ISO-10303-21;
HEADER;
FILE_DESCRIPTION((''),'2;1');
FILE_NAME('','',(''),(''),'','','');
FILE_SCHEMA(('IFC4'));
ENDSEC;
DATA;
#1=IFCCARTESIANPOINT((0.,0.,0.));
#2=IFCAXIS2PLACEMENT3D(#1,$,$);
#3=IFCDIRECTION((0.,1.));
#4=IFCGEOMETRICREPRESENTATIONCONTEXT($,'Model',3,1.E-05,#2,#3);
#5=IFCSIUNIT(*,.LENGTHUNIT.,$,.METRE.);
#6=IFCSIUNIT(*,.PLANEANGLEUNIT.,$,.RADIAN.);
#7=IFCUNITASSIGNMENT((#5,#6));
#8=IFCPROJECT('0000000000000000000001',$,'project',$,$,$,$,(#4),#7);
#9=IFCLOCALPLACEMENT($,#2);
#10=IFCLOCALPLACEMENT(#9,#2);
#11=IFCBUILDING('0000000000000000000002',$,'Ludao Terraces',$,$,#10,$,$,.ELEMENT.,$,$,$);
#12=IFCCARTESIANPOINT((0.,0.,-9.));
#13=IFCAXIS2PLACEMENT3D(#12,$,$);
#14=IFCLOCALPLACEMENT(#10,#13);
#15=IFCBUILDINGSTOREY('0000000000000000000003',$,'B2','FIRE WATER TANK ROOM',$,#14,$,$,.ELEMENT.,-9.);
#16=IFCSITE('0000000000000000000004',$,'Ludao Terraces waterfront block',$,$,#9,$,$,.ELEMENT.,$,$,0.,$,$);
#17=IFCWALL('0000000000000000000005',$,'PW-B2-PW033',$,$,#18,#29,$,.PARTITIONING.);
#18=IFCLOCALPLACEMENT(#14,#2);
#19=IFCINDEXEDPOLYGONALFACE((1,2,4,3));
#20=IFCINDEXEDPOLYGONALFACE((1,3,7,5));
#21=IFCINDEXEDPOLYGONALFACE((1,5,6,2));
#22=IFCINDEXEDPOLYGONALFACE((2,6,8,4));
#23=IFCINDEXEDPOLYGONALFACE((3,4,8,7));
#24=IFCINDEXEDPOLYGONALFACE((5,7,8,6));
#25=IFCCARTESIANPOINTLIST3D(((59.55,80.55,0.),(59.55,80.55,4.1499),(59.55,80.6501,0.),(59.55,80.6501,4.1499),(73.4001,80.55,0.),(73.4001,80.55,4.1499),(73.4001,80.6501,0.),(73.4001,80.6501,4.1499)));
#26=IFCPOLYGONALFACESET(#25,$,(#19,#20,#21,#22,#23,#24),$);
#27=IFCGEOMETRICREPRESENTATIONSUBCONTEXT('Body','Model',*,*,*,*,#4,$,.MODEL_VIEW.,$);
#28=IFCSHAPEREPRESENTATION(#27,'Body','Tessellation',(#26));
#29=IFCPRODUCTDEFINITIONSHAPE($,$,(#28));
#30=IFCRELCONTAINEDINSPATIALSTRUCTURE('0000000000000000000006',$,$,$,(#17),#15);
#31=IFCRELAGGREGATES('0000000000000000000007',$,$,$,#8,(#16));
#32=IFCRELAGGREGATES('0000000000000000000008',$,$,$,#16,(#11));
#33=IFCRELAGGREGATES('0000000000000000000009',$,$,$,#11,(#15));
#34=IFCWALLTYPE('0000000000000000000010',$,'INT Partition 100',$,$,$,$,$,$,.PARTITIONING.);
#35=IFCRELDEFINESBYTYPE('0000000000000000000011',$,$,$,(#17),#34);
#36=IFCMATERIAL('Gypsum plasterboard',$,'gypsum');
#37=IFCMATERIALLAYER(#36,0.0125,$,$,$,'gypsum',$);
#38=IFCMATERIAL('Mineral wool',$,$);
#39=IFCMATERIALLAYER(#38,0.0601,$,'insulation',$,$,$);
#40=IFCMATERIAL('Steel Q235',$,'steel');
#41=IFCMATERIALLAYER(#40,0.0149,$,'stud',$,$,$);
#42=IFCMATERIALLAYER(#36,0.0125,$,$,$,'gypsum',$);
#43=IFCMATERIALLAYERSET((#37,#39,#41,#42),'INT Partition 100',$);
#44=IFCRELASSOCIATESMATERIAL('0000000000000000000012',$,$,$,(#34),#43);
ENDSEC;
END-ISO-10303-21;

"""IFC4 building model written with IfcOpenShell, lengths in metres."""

from ifc_helpers import new_model, si_unit, direction, frame, frame_2d, origin, place, context, subcontext, project, spatial, rectangle, extrude, material, layer, layer_set, type_object, element, save


model = new_model("IFC4")

# Units and contexts
model_context = context("Model", 3, precision=1e-05, world=origin(), true_north=direction((0.0, 1.0)))
body_context = subcontext(model_context, "Body", "Model", "MODEL_VIEW")
ifc_project = project(units=[si_unit("LENGTHUNIT", "METRE"), si_unit("PLANEANGLEUNIT", "RADIAN")], contexts=[model_context])

# Site, building, storey
site_placement = place(None, origin())
site = spatial("IfcSite", under=ifc_project, at=site_placement, Name="Ludao Terraces waterfront block", CompositionType="ELEMENT", RefElevation=0.0)
building_placement = place(site_placement, origin())
building = spatial("IfcBuilding", under=site, at=building_placement, Name="Ludao Terraces", CompositionType="ELEMENT")
storey_placement = place(building_placement, frame((0.0, 0.0, -9.0)))
storey = spatial("IfcBuildingStorey", under=building, at=storey_placement, Name="B2", Description="FIRE WATER TANK ROOM", CompositionType="ELEMENT", Elevation=-9.0)

# Wall
ifc_material_1 = material(Name="Gypsum plasterboard", Category="gypsum")
ifc_layer_1 = layer(ifc_material_1, 0.0125, Category="gypsum")
ifc_material_2 = material(Name="Mineral wool")
ifc_layer_2 = layer(ifc_material_2, 0.0601, Name="insulation")
ifc_material_3 = material(Name="Steel Q235", Category="steel")
ifc_layer_3 = layer(ifc_material_3, 0.0149, Name="stud")
ifc_layer_4 = layer(ifc_material_1, 0.0125, Category="gypsum")
ifc_layer_set_1 = layer_set([ifc_layer_1, ifc_layer_2, ifc_layer_3, ifc_layer_4], Name="INT Partition 100")
wall_type_1 = type_object("IfcWallType", Name="INT Partition 100", PredefinedType="PARTITIONING", material=ifc_layer_set_1)
wall_1_placement = place(storey_placement, frame((59.55, 80.6001, 0.0), z_axis=(0.0, 0.0, 1.0), x_axis=(1.0, 0.0, 0.0)))
element("IfcWall", 1, at=wall_1_placement, inside=storey, type_object=wall_type_1, Name="PW-B2-PW033", PredefinedType="PARTITIONING", context=body_context, shape_type="SweptSolid", body=[
    extrude(rectangle(XDim=13.8501, YDim=0.1001, at=frame_2d((6.925, 0.0))), origin(), (0.0, 0.0, 1.0), 4.1499),
])

save(model, "model.ifc")
